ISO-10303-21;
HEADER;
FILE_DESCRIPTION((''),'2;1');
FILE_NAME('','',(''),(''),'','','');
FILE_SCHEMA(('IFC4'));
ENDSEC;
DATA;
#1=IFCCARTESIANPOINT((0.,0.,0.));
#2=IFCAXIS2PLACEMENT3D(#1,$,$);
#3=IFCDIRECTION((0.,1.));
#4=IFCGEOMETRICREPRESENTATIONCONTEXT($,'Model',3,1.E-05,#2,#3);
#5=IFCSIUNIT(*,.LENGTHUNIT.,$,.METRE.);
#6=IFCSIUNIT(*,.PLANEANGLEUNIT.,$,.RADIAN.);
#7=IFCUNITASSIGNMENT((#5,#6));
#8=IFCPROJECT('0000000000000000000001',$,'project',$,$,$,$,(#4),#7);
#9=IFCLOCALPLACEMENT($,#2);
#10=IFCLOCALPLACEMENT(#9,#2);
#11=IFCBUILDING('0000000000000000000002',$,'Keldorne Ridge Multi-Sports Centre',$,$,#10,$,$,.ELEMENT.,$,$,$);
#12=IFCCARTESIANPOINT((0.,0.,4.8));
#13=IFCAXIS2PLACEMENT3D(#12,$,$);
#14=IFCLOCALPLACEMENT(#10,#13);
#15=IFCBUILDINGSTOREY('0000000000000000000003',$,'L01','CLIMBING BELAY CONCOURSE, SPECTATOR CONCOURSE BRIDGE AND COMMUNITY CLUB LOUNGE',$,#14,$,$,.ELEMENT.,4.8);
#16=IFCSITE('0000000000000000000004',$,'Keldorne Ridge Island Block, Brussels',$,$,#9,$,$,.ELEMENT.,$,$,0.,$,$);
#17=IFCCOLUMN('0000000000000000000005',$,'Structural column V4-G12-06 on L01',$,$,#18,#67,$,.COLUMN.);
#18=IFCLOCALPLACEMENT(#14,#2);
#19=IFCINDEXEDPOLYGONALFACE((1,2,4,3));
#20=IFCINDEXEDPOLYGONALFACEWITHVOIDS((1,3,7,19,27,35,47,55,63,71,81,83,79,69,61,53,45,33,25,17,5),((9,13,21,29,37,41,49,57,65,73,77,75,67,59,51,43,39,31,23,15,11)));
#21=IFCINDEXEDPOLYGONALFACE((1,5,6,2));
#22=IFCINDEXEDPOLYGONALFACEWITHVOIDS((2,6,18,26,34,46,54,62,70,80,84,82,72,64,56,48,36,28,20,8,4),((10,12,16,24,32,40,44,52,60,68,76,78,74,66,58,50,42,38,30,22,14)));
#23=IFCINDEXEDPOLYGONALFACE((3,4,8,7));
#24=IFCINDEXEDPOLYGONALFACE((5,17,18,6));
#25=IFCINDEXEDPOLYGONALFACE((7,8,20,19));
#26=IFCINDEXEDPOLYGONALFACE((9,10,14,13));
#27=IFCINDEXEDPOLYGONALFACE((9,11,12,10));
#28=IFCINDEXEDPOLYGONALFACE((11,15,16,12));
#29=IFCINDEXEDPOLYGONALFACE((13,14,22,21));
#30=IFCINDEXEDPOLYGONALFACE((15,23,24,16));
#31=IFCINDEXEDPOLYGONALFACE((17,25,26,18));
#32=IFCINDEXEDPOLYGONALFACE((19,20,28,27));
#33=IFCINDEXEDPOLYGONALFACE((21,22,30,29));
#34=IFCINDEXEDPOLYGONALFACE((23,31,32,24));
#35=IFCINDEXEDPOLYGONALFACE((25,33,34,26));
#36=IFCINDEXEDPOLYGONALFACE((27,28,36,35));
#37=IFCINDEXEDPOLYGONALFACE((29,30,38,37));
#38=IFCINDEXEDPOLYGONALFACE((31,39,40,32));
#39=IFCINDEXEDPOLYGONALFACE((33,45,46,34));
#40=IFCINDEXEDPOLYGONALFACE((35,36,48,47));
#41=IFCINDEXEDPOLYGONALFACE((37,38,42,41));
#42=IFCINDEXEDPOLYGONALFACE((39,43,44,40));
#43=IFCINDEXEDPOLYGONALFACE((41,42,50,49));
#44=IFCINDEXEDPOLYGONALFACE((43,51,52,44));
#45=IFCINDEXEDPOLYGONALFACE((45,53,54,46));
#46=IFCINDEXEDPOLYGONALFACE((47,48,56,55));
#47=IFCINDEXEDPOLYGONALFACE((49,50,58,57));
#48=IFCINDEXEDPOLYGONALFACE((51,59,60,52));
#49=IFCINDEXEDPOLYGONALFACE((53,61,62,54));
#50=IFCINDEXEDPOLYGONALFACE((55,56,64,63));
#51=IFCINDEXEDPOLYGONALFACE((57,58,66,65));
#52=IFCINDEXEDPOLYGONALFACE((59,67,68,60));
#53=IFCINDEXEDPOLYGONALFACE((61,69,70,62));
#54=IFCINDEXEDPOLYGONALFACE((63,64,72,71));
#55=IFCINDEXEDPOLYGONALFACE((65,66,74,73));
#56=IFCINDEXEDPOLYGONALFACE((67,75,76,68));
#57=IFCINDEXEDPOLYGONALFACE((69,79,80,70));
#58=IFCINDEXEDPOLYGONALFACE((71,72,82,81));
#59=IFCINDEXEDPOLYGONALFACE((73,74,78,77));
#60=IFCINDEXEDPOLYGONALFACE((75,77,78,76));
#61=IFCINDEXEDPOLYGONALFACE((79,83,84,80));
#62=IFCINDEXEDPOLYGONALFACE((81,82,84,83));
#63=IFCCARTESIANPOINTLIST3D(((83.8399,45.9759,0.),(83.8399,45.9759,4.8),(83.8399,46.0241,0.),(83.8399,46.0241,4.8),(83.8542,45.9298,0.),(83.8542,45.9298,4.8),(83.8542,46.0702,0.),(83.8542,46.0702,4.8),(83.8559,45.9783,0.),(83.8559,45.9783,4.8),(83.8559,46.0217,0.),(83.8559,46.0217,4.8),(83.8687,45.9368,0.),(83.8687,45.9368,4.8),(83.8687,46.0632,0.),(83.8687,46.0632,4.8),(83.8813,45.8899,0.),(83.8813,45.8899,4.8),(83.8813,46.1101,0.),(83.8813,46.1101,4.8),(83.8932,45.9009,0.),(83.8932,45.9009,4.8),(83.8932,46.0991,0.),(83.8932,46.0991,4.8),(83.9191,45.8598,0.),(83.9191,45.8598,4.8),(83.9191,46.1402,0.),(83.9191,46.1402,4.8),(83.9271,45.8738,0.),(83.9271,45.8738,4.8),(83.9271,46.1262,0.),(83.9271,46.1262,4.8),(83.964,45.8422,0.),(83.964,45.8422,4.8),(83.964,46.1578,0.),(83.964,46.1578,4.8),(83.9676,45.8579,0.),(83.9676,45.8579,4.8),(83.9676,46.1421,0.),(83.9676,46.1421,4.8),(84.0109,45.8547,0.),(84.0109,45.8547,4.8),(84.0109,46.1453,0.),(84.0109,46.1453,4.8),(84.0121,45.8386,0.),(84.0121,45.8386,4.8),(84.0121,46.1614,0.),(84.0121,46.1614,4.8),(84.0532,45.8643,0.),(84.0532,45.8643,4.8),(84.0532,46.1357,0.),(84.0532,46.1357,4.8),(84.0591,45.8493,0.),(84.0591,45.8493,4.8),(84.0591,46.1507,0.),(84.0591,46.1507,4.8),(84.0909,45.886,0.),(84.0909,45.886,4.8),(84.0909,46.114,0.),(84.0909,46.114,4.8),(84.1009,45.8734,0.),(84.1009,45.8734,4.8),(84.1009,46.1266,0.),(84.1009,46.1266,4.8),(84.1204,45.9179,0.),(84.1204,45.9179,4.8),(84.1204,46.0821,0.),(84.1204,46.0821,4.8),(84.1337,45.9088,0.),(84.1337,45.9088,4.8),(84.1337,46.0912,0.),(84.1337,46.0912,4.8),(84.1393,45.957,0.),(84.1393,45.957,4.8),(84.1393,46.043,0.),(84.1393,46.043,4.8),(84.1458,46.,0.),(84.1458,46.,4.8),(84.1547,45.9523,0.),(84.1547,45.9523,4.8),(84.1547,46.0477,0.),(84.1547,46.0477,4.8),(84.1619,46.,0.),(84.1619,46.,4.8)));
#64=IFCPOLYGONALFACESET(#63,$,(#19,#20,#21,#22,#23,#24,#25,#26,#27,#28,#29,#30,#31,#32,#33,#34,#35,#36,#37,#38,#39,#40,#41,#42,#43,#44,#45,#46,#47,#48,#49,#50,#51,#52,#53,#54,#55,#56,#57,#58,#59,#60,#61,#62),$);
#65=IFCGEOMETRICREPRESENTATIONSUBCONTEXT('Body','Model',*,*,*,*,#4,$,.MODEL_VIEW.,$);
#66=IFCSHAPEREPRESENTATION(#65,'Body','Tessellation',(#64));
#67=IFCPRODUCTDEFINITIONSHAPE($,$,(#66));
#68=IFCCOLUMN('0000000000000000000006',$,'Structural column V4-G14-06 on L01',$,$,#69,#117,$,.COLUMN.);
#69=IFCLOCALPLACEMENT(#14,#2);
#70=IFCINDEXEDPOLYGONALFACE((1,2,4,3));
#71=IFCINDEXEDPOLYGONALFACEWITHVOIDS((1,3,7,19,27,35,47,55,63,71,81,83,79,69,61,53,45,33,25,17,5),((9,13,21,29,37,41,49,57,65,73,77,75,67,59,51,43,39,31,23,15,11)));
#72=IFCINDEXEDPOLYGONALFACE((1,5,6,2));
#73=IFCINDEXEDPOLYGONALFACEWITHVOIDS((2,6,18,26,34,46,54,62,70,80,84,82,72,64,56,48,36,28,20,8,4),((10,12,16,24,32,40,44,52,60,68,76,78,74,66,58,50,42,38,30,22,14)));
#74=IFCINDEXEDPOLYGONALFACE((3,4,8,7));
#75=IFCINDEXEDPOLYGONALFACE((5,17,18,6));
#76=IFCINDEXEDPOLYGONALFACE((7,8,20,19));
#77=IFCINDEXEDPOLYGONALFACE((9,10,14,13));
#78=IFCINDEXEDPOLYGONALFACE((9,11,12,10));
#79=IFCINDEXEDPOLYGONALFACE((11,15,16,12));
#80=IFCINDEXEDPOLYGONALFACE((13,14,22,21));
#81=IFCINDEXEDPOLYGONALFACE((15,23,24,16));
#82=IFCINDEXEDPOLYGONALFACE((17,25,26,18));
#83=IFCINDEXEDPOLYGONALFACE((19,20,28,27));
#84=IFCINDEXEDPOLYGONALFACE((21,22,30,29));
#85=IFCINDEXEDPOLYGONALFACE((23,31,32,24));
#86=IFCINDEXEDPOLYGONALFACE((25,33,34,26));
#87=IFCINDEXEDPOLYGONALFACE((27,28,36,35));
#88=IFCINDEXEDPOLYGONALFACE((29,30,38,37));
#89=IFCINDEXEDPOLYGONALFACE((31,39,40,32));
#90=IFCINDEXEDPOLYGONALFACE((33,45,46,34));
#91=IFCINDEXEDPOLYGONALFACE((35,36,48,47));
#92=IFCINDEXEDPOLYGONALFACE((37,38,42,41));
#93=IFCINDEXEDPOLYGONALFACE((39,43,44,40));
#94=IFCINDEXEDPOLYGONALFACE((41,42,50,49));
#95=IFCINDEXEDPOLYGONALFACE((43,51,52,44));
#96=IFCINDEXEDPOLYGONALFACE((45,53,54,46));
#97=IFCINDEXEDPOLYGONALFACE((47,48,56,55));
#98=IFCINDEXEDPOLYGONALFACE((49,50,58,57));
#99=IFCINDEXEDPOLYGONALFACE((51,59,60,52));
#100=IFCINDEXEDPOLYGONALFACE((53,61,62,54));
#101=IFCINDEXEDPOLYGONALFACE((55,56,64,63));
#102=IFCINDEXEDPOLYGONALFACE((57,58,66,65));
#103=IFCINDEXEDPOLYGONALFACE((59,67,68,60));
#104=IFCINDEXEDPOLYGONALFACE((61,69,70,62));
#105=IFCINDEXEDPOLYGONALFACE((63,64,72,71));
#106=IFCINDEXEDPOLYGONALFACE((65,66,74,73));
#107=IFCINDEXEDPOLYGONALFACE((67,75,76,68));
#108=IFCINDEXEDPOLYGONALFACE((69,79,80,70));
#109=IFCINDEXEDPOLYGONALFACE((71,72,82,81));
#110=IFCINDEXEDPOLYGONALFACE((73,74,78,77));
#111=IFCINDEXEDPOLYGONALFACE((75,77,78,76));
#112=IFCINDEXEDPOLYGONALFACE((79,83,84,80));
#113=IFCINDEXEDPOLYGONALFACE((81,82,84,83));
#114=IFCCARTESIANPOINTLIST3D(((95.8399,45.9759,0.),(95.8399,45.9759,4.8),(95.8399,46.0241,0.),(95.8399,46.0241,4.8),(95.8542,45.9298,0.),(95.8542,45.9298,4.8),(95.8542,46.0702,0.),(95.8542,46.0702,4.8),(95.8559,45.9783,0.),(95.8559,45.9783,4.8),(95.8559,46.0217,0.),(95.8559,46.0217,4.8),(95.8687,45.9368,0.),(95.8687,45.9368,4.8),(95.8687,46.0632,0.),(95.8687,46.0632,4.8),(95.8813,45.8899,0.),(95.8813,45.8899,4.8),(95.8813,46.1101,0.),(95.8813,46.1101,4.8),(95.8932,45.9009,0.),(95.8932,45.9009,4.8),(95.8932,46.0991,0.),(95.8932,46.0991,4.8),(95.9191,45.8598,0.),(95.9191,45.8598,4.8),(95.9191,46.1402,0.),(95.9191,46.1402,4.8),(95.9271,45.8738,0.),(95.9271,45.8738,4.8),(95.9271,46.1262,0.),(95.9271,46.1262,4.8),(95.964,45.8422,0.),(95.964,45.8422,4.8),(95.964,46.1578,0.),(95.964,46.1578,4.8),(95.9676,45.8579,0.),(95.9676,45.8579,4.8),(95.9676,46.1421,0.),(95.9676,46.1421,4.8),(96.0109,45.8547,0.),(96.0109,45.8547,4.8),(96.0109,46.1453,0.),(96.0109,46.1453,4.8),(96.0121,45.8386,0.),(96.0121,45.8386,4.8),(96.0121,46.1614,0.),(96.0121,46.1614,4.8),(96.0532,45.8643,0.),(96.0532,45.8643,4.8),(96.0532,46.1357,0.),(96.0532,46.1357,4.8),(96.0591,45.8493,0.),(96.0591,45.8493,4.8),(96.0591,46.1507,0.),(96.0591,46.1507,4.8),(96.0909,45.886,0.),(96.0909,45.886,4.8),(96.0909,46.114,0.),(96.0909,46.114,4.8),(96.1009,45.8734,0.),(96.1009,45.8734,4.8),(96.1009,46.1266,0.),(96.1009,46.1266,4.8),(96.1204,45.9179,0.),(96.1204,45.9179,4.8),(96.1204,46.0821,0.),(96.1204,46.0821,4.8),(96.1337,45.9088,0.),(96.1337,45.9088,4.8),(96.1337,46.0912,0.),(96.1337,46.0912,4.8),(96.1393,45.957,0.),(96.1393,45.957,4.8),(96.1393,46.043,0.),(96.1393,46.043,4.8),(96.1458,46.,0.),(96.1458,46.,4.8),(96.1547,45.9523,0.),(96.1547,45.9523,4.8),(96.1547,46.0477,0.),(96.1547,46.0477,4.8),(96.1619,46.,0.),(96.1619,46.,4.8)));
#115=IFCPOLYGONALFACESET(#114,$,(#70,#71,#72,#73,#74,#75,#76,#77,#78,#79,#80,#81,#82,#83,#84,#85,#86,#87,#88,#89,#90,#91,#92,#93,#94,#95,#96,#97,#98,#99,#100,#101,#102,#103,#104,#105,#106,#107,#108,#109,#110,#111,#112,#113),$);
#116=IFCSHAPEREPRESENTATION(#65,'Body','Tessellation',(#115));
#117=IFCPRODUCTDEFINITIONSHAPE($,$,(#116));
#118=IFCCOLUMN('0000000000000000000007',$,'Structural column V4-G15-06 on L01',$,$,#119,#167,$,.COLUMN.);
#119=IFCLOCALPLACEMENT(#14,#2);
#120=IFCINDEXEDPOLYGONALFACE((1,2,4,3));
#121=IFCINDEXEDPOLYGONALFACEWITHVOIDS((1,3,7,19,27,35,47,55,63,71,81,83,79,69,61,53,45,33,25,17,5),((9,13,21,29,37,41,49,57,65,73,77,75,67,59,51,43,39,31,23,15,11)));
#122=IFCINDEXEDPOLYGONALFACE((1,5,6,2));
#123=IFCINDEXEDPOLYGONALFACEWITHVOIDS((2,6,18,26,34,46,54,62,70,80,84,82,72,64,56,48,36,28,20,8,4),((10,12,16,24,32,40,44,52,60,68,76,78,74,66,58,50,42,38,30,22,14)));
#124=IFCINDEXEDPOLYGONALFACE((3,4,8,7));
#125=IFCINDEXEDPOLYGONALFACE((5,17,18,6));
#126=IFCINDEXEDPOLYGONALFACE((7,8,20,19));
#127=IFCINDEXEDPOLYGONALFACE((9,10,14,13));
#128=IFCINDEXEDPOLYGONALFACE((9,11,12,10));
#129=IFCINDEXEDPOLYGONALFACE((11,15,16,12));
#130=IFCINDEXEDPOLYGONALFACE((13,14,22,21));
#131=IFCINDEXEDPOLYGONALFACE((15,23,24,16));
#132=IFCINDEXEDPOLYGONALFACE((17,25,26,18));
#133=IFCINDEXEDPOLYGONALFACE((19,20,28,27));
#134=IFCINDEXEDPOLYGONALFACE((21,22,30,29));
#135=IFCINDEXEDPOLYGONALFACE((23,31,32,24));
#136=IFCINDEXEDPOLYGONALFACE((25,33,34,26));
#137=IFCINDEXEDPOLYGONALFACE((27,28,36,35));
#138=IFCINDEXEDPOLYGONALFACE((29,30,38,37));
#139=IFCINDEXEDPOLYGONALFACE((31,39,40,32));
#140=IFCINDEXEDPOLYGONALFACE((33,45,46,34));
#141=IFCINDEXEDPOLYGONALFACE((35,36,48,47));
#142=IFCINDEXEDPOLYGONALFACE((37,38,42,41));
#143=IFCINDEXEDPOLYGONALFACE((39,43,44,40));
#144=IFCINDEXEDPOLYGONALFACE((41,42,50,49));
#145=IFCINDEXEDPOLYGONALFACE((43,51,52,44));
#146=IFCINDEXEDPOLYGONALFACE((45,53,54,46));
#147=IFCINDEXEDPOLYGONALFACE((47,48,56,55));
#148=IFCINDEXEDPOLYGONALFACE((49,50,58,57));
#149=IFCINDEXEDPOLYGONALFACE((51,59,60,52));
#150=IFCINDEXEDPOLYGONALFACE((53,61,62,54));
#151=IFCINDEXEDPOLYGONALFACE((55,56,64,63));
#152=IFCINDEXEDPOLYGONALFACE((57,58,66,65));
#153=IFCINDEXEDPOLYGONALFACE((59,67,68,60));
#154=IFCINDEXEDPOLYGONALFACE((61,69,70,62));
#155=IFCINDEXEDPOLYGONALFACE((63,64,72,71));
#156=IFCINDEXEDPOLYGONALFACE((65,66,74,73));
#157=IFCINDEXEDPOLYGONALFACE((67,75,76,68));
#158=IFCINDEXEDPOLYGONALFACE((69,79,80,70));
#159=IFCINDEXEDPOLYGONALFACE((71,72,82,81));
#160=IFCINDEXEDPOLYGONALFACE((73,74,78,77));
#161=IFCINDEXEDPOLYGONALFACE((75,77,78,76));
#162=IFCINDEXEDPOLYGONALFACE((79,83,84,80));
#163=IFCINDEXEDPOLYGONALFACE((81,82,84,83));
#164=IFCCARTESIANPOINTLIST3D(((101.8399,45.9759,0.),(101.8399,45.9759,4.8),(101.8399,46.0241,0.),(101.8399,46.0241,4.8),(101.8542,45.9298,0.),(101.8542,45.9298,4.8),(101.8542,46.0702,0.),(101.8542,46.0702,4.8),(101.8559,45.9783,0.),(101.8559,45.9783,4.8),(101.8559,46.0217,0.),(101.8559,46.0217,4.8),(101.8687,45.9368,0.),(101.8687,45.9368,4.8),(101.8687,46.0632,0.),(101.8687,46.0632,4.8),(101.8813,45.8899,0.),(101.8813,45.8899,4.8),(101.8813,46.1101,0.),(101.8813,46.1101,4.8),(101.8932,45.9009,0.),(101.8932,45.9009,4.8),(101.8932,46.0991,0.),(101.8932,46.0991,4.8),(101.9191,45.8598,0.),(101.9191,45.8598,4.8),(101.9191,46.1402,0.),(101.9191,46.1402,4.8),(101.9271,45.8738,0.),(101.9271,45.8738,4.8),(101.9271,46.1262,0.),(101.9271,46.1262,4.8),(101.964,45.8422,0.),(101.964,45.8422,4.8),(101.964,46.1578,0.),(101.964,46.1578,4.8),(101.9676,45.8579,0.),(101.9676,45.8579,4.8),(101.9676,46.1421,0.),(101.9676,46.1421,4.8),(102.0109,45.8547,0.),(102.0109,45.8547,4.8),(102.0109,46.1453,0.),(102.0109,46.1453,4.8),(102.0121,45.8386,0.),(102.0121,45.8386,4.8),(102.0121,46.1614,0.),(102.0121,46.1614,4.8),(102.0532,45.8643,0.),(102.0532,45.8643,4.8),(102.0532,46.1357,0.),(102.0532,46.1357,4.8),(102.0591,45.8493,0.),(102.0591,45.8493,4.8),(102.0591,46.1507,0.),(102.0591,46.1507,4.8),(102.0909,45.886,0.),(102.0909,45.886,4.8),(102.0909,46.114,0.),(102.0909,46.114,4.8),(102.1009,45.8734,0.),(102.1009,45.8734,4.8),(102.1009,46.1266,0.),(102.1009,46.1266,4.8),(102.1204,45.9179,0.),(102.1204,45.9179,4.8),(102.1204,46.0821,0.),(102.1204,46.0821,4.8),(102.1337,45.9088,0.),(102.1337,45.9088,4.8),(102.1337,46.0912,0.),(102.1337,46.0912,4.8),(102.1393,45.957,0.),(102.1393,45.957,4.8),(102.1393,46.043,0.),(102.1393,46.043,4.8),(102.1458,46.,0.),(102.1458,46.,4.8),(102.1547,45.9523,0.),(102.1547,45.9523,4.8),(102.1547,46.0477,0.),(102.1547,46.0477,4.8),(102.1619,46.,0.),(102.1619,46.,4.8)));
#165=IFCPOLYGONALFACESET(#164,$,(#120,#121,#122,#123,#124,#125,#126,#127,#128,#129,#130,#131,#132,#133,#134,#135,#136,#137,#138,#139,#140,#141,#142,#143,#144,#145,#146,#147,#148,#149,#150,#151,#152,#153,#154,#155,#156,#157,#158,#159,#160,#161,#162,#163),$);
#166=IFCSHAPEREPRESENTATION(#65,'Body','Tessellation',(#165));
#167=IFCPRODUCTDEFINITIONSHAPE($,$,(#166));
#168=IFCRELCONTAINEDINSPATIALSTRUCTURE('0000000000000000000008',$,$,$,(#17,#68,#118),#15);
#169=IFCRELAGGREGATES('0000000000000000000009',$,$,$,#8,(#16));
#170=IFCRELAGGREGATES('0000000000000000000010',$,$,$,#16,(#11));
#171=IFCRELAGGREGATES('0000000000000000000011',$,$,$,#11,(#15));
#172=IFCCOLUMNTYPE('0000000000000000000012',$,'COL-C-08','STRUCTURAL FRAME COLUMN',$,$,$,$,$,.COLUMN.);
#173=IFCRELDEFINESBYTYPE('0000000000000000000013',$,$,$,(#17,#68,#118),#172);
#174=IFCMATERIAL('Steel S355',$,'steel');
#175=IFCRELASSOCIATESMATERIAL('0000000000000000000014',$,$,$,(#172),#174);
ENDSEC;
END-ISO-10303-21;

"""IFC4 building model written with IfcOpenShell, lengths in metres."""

from ifc_helpers import new_model, si_unit, direction, frame, origin, origin_2d, place, context, subcontext, project, spatial, hollow_circle, extrude, material, material_profile, profile_set, type_object, element, save


model = new_model("IFC4")

# Units and contexts
model_context = context("Model", 3, precision=1e-05, world=origin(), true_north=direction((0.0, 1.0)))
body_context = subcontext(model_context, "Body", "Model", "MODEL_VIEW")
ifc_project = project(units=[si_unit("LENGTHUNIT", "METRE"), si_unit("PLANEANGLEUNIT", "RADIAN")], contexts=[model_context])

# Site, building, storey
site_placement = place(None, origin())
site = spatial("IfcSite", under=ifc_project, at=site_placement, Name="Keldorne Ridge Island Block, Brussels", CompositionType="ELEMENT", RefElevation=0.0)
building_placement = place(site_placement, origin())
building = spatial("IfcBuilding", under=site, at=building_placement, Name="Keldorne Ridge Multi-Sports Centre", CompositionType="ELEMENT")
storey_placement = place(building_placement, frame((0.0, 0.0, 4.8)))
storey = spatial("IfcBuildingStorey", under=building, at=storey_placement, Name="L01", Description="CLIMBING BELAY CONCOURSE, SPECTATOR CONCOURSE BRIDGE AND COMMUNITY CLUB LOUNGE", CompositionType="ELEMENT", Elevation=4.8)

# Columns
ifc_material_1 = material(Name="Steel S355", Category="steel")
ifc_material_profile_1 = material_profile(ifc_material_1, hollow_circle(Radius=0.1619, WallThickness=0.0161, at=origin_2d()), Name="CHS 323.9x16")
ifc_profile_set_1 = profile_set([ifc_material_profile_1], Name="Steel S355")
column_type_1 = type_object("IfcColumnType", Name="COL-C-08", Description="STRUCTURAL FRAME COLUMN", PredefinedType="COLUMN", material=ifc_profile_set_1)
for number, where, z_axis, x_axis, name in (
    (1, (84.0, 46.0, 0.0), (0.0, 0.0, 1.0), (1.0, 0.0, 0.0), "Structural column V4-G12-06 on L01"),
    (2, (96.0, 46.0, 0.0), (0.0, 0.0, 1.0), (1.0, 0.0, 0.0), "Structural column V4-G14-06 on L01"),
    (3, (102.0, 46.0, 0.0), (0.0, 0.0, 1.0), (1.0, 0.0, 0.0), "Structural column V4-G15-06 on L01"),
):
    element("IfcColumn", number, at=place(storey_placement, frame(where, z_axis=z_axis, x_axis=x_axis)), inside=storey, type_object=column_type_1, Name=name, PredefinedType="COLUMN", context=body_context, shape_type="SweptSolid", body=[
        extrude(hollow_circle(Radius=0.1619, WallThickness=0.0161, at=origin_2d()), origin(), (0.0, 0.0, 1.0), 4.8),
    ])

save(model, "model.ifc")
